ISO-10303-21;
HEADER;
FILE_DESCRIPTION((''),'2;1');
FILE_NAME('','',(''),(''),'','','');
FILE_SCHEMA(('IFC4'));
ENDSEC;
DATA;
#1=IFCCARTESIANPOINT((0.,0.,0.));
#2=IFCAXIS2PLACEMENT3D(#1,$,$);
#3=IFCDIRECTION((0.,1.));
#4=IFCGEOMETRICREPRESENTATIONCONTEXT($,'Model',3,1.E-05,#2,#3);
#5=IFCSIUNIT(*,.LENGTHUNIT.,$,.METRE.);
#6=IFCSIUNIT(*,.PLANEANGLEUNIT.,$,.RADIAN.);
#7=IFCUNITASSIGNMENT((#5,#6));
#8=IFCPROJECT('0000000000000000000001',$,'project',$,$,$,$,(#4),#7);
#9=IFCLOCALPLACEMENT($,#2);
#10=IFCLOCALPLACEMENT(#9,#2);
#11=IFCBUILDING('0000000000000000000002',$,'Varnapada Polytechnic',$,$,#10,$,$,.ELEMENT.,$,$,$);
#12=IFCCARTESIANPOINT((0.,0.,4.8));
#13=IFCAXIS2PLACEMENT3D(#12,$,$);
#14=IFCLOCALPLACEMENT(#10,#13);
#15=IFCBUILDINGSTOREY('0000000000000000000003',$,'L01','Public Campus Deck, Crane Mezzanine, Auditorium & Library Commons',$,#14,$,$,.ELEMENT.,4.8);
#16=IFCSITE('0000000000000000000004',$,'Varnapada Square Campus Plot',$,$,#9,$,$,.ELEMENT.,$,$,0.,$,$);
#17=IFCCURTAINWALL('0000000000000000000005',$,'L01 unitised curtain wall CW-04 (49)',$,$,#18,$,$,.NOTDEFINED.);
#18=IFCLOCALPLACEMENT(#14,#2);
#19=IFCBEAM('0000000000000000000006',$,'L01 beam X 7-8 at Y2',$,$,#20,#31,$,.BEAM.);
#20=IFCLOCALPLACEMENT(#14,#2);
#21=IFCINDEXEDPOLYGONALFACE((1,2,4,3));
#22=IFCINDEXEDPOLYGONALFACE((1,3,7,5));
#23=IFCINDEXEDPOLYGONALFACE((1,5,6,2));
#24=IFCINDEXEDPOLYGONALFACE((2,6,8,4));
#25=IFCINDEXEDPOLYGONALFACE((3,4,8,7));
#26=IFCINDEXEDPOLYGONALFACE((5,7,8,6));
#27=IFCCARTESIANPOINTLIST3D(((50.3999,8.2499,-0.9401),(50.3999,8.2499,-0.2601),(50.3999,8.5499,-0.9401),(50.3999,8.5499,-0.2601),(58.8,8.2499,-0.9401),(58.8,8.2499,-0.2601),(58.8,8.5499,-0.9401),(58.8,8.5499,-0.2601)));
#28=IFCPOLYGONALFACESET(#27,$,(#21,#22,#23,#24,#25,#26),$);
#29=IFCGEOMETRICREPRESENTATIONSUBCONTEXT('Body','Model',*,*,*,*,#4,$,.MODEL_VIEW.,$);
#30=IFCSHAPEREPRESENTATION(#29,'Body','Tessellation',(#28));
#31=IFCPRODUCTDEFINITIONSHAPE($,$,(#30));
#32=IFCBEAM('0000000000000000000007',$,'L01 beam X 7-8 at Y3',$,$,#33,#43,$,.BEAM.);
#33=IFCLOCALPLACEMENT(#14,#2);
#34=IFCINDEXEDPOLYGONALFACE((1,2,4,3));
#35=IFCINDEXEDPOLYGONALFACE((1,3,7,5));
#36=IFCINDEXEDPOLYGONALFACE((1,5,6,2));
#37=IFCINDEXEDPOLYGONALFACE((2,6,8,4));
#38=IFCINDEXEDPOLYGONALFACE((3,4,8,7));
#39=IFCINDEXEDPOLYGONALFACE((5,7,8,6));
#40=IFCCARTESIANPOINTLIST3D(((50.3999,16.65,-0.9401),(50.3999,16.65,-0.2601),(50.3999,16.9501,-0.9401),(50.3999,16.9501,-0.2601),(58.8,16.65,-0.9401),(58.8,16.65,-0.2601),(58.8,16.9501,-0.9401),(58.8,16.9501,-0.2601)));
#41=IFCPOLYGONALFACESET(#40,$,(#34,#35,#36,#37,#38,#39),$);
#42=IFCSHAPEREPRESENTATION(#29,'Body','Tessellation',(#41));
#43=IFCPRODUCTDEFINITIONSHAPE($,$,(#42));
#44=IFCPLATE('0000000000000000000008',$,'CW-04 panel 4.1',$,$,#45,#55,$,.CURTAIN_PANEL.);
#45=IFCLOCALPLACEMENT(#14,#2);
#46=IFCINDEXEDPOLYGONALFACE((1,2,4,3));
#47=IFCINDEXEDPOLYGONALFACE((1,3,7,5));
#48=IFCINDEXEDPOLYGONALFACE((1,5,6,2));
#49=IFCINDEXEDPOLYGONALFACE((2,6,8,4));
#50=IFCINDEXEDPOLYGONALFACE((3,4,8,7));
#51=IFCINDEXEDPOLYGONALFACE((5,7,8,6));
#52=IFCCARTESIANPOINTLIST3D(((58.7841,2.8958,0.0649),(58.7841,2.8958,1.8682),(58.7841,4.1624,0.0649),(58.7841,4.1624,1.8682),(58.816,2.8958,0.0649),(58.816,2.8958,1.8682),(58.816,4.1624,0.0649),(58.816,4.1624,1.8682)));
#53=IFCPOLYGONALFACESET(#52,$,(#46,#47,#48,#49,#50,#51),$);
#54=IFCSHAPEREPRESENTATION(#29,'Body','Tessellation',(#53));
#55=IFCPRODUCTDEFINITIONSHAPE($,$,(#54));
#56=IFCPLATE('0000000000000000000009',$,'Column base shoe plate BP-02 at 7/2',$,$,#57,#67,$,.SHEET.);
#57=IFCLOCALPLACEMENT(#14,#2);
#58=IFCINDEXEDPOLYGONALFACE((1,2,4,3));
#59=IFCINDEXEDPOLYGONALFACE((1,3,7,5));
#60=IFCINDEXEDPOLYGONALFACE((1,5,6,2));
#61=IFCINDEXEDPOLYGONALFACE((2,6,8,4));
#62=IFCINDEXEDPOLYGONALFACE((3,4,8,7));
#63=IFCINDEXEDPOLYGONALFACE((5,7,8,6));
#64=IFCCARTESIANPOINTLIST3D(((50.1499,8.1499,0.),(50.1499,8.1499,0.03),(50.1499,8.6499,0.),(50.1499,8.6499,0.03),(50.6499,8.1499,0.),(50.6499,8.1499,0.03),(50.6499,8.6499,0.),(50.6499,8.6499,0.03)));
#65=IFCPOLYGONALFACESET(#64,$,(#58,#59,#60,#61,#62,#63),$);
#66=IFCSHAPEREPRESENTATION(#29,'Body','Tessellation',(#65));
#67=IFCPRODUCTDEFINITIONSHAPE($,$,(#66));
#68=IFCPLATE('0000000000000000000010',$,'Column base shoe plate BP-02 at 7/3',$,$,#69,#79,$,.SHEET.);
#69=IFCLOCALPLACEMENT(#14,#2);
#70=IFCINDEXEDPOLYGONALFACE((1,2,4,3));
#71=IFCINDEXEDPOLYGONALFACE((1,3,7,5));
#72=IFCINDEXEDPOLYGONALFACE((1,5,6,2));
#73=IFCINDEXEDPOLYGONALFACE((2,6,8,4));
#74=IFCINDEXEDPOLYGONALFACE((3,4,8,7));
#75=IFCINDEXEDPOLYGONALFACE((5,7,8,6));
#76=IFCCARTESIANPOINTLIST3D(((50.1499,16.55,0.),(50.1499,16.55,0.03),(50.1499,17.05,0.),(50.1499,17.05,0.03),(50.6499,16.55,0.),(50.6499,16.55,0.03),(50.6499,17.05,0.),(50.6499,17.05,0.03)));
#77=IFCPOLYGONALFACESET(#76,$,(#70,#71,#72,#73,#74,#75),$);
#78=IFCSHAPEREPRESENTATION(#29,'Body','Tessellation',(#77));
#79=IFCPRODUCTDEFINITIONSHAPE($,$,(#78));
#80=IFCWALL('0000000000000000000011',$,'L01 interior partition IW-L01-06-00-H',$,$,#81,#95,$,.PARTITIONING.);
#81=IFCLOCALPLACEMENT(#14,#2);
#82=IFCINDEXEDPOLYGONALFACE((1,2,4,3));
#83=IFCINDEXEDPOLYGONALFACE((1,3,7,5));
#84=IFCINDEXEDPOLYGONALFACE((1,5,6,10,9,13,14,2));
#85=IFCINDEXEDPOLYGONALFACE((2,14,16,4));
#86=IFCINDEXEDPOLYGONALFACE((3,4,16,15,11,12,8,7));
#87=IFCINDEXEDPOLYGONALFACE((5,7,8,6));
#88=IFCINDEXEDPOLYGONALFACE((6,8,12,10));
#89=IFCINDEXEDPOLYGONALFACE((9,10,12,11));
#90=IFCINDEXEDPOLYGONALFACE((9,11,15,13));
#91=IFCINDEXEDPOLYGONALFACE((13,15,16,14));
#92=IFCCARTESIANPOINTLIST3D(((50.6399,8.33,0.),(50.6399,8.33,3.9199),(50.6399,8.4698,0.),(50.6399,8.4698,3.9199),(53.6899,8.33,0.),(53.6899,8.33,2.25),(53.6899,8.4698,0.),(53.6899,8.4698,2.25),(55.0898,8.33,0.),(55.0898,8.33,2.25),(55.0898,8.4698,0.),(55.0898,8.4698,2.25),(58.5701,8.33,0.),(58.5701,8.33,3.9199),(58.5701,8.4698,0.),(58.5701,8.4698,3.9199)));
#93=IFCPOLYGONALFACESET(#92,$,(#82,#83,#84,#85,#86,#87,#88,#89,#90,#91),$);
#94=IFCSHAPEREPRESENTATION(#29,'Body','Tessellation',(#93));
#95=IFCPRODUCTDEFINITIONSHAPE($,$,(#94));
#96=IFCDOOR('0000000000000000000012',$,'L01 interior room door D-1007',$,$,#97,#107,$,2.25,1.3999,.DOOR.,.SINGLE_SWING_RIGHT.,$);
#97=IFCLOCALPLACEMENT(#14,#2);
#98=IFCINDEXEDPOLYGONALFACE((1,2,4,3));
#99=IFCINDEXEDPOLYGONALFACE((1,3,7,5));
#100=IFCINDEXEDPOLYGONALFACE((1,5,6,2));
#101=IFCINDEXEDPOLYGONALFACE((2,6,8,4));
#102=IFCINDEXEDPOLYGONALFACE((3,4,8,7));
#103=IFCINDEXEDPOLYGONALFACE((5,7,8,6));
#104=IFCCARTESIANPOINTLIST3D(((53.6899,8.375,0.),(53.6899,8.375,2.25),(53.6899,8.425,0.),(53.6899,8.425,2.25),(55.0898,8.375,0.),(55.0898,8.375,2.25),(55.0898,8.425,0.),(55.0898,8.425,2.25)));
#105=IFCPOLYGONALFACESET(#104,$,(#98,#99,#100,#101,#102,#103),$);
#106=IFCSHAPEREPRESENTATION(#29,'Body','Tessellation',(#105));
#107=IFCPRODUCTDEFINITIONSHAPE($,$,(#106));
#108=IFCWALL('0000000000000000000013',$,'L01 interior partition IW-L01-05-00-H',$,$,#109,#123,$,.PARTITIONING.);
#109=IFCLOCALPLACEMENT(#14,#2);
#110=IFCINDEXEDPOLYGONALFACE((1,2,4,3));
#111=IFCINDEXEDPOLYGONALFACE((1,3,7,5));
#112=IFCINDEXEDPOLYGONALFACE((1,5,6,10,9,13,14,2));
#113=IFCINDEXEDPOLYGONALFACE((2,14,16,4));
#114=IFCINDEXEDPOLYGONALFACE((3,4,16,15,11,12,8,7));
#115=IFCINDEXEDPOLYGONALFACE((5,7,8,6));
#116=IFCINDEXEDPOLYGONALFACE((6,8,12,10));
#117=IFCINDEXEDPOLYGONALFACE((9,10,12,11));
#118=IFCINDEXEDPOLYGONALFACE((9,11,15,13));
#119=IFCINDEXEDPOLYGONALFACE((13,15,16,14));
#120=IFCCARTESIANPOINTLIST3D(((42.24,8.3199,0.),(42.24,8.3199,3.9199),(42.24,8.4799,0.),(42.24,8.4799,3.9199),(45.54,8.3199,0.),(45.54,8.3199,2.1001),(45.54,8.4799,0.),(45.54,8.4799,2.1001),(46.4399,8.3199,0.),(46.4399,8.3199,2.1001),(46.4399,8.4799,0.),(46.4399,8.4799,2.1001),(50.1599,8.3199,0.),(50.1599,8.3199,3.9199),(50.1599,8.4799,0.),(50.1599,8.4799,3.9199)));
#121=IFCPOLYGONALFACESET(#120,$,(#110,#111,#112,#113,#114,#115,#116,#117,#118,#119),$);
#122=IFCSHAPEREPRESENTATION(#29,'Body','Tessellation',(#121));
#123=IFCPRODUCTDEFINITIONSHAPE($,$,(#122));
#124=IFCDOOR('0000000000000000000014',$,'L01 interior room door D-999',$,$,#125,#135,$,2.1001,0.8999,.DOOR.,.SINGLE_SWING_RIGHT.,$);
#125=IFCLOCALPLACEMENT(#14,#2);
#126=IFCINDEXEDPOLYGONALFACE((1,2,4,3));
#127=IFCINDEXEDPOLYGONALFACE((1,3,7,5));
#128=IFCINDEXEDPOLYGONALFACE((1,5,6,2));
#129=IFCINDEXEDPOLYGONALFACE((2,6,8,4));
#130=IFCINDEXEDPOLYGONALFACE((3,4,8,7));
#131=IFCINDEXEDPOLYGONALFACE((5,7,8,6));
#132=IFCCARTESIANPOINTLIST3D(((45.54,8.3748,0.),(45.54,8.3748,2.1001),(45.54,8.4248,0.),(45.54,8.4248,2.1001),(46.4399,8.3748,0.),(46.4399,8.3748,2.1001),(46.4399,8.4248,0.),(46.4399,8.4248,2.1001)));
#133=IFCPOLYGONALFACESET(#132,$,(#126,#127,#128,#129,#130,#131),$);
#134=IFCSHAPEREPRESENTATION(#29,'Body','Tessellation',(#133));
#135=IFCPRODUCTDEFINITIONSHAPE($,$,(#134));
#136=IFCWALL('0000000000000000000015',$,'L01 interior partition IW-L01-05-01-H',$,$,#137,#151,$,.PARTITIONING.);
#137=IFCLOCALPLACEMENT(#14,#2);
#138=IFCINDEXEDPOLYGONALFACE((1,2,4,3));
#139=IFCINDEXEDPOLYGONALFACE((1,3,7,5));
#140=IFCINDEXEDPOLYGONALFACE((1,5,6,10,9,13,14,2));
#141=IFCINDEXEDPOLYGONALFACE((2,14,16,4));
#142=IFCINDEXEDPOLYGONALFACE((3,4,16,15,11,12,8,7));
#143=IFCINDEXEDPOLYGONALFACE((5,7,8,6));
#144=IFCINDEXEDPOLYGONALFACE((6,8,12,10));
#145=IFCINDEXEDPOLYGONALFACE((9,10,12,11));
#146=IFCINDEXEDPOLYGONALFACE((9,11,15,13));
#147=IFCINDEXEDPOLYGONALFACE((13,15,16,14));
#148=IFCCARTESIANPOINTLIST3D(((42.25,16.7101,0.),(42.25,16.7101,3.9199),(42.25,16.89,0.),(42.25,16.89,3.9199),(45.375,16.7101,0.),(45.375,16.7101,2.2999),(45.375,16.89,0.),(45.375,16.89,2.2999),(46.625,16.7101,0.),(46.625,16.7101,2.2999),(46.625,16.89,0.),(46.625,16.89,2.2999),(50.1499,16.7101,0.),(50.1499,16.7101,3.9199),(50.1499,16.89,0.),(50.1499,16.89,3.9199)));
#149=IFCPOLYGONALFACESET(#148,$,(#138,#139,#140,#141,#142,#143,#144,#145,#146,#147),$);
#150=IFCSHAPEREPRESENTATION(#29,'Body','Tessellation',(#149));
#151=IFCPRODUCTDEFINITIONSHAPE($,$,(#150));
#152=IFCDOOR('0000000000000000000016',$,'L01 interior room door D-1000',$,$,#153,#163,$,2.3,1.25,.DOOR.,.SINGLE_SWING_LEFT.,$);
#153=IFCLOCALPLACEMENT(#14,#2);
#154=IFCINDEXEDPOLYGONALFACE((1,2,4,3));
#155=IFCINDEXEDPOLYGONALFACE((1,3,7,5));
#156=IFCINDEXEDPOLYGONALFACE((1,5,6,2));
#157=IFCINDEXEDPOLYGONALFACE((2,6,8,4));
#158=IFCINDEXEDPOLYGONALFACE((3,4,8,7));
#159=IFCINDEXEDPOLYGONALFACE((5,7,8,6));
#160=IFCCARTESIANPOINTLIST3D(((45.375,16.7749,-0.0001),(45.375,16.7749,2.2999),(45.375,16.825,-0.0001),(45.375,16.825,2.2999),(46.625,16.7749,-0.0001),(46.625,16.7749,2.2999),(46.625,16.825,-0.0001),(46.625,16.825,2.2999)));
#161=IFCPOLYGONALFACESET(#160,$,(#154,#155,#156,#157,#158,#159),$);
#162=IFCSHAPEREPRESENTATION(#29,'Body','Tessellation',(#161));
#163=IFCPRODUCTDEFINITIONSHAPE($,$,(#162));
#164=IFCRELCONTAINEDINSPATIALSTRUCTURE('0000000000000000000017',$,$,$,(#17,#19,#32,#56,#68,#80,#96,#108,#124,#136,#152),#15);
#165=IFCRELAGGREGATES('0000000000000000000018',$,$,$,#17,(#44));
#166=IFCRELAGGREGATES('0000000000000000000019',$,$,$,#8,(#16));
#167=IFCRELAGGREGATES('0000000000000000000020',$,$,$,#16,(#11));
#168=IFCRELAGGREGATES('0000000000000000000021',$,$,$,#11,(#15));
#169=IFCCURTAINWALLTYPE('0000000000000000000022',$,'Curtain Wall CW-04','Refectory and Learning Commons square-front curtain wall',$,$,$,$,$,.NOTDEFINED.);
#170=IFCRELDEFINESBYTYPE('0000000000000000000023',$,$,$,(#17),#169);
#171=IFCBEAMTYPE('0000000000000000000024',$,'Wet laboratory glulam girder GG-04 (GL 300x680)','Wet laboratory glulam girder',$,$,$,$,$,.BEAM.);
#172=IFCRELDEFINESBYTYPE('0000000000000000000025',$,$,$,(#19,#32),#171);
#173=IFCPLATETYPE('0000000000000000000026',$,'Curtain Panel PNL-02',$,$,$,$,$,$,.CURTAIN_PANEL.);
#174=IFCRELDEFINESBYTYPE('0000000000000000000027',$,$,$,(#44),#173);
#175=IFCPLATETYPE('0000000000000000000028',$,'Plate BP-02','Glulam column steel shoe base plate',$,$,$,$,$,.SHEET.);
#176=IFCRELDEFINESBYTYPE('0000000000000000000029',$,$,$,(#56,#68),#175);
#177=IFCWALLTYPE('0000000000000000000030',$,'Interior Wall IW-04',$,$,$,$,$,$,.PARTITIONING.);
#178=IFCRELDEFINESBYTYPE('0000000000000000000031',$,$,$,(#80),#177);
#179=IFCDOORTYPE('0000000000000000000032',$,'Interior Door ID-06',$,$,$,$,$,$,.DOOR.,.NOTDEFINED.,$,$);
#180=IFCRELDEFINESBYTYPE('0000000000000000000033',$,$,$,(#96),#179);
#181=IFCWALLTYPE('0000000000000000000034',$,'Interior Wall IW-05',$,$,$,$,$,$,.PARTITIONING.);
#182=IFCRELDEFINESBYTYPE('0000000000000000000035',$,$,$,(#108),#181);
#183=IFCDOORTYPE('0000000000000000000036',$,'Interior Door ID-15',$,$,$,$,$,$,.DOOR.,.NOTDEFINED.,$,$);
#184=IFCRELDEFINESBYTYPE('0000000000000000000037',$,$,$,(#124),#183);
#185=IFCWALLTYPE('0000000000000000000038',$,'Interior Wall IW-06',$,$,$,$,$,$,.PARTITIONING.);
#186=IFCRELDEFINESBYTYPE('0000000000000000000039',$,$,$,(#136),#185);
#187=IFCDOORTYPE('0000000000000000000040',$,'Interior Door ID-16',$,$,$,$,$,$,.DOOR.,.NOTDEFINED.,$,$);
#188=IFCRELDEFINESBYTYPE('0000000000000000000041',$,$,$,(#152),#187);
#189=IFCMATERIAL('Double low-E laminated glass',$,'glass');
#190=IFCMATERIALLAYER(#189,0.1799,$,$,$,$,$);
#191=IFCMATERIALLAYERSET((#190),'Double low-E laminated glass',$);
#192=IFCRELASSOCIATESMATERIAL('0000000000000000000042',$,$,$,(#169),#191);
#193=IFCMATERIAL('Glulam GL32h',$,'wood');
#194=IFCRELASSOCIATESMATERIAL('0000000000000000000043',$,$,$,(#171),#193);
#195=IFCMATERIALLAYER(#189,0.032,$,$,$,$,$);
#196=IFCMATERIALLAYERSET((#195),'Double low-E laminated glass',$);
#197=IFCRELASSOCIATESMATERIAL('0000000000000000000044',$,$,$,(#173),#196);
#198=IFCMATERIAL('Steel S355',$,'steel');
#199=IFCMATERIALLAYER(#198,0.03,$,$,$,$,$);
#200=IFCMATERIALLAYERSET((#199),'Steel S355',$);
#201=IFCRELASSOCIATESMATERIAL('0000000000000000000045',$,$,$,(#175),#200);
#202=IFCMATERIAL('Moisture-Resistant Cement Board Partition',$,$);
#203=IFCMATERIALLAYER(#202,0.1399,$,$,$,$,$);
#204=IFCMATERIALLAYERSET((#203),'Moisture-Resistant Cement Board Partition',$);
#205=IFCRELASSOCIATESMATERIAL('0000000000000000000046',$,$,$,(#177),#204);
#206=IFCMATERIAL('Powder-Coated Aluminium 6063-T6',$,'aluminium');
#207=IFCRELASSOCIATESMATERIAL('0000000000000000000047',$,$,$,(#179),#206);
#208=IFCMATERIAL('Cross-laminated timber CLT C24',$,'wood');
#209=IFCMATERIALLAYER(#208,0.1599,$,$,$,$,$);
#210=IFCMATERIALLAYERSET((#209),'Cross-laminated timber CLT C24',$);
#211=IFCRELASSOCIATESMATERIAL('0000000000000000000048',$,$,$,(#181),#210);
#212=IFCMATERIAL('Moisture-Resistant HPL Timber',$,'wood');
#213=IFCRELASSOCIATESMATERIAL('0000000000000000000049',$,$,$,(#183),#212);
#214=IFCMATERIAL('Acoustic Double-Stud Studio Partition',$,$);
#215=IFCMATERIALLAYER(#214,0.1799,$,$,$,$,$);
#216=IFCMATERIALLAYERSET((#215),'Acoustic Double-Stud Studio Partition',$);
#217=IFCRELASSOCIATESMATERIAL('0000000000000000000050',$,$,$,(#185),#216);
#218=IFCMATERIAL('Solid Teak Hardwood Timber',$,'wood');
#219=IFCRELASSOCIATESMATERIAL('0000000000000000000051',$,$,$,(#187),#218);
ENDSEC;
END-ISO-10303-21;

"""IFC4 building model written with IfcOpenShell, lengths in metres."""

from ifc_helpers import new_model, si_unit, direction, frame, frame_2d, origin, origin_2d, place, context, subcontext, project, spatial, rectangle, extrude, material, layer, layer_set, material_profile, profile_set, type_object, element, fill, aggregate, save


model = new_model("IFC4")

# Units and contexts
model_context = context("Model", 3, precision=1e-05, world=origin(), true_north=direction((0.0, 1.0)))
body_context = subcontext(model_context, "Body", "Model", "MODEL_VIEW")
ifc_project = project(units=[si_unit("LENGTHUNIT", "METRE"), si_unit("PLANEANGLEUNIT", "RADIAN")], contexts=[model_context])

# Site, building, storey
site_placement = place(None, origin())
site = spatial("IfcSite", under=ifc_project, at=site_placement, Name="Varnapada Square Campus Plot", CompositionType="ELEMENT", RefElevation=0.0)
building_placement = place(site_placement, origin())
building = spatial("IfcBuilding", under=site, at=building_placement, Name="Varnapada Polytechnic", CompositionType="ELEMENT")
storey_placement = place(building_placement, frame((0.0, 0.0, 4.8)))
storey = spatial("IfcBuildingStorey", under=building, at=storey_placement, Name="L01", Description="Public Campus Deck, Crane Mezzanine, Auditorium & Library Commons", CompositionType="ELEMENT", Elevation=4.8)

# Shared definitions
ifc_material_1 = material(Name="Glulam GL32h", Category="wood")

# Curtain wall
ifc_material_2 = material(Name="Double low-E laminated glass", Category="glass")
ifc_layer_1 = layer(ifc_material_2, 0.1799)
ifc_layer_set_1 = layer_set([ifc_layer_1], Name="Double low-E laminated glass")
curtain_wall_type = type_object("IfcCurtainWallType", Name="Curtain Wall CW-04", Description="Refectory and Learning Commons square-front curtain wall", PredefinedType="NOTDEFINED", material=ifc_layer_set_1)
curtain_wall_placement = place(storey_placement, origin())
curtain_wall = element("IfcCurtainWall", 1, at=curtain_wall_placement, inside=storey, type_object=curtain_wall_type, Name="L01 unitised curtain wall CW-04 (49)", PredefinedType="NOTDEFINED")

# Beams
ifc_material_profile_1 = material_profile(ifc_material_1, rectangle(XDim=0.3, YDim=0.6799, at=origin_2d()), Name="GL 300x680")
ifc_profile_set_1 = profile_set([ifc_material_profile_1], Name="Glulam GL32h")
beam_type_1 = type_object("IfcBeamType", Name="Wet laboratory glulam girder GG-04 (GL 300x680)", Description="Wet laboratory glulam girder", PredefinedType="BEAM", material=ifc_profile_set_1)
for number, where, z_axis, x_axis, name in (
    (2, (50.3999, 8.3999, -0.6001), (1.0, 0.0, 0.0), (0.0, 1.0, 0.0), "L01 beam X 7-8 at Y2"),
    (3, (50.3999, 16.8, -0.6001), (1.0, 0.0, 0.0), (0.0, 1.0, 0.0), "L01 beam X 7-8 at Y3"),
):
    element("IfcBeam", number, at=place(storey_placement, frame(where, z_axis=z_axis, x_axis=x_axis)), inside=storey, type_object=beam_type_1, Name=name, PredefinedType="BEAM", context=body_context, shape_type="SweptSolid", body=[
        extrude(rectangle(XDim=0.3, YDim=0.6799, at=origin_2d()), origin(), (0.0, 0.0, 1.0), 8.4001),
    ])

# Plate
ifc_layer_2 = layer(ifc_material_2, 0.032)
ifc_layer_set_2 = layer_set([ifc_layer_2], Name="Double low-E laminated glass")
plate_type_1 = type_object("IfcPlateType", Name="Curtain Panel PNL-02", PredefinedType="CURTAIN_PANEL", material=ifc_layer_set_2)
plate_placement = place(storey_placement, frame((58.8, 3.5291, 0.0649), z_axis=(0.0, 0.0, 1.0), x_axis=(0.0, -1.0, 0.0)))
plate = element("IfcPlate", 4, at=plate_placement, type_object=plate_type_1, Name="CW-04 panel 4.1", PredefinedType="CURTAIN_PANEL", context=body_context, shape_type="SweptSolid", body=[
    extrude(rectangle(XDim=1.2666, YDim=0.032, at=origin_2d()), origin(), (0.0, 0.0, 1.0), 1.8032),
])
aggregate(curtain_wall, [plate])

# Plates
ifc_material_3 = material(Name="Steel S355", Category="steel")
ifc_layer_3 = layer(ifc_material_3, 0.03)
ifc_layer_set_3 = layer_set([ifc_layer_3], Name="Steel S355")
plate_type_2 = type_object("IfcPlateType", Name="Plate BP-02", Description="Glulam column steel shoe base plate", PredefinedType="SHEET", material=ifc_layer_set_3)
for number, where, z_axis, x_axis, name in (
    (5, (50.3999, 8.3999, 0.0), (0.0, 0.0, 1.0), (1.0, 0.0, 0.0), "Column base shoe plate BP-02 at 7/2"),
    (6, (50.3999, 16.8, 0.0), (0.0, 0.0, 1.0), (1.0, 0.0, 0.0), "Column base shoe plate BP-02 at 7/3"),
):
    element("IfcPlate", number, at=place(storey_placement, frame(where, z_axis=z_axis, x_axis=x_axis)), inside=storey, type_object=plate_type_2, Name=name, PredefinedType="SHEET", context=body_context, shape_type="SweptSolid", body=[
        extrude(rectangle(XDim=0.5, YDim=0.5, at=origin_2d()), origin(), (0.0, 0.0, 1.0), 0.03),
    ])

# Walls, openings, doors
ifc_material_4 = material(Name="Moisture-Resistant Cement Board Partition")
ifc_layer_4 = layer(ifc_material_4, 0.1399)
ifc_layer_set_4 = layer_set([ifc_layer_4], Name="Moisture-Resistant Cement Board Partition")
wall_type_1 = type_object("IfcWallType", Name="Interior Wall IW-04", PredefinedType="PARTITIONING", material=ifc_layer_set_4)
wall_1_placement = place(storey_placement, frame((50.6399, 8.3999, 0.0), z_axis=(0.0, 0.0, 1.0), x_axis=(1.0, 0.0, 0.0)))
wall_1 = element("IfcWall", 7, at=wall_1_placement, inside=storey, type_object=wall_type_1, Name="L01 interior partition IW-L01-06-00-H", PredefinedType="PARTITIONING", context=body_context, shape_type="SweptSolid", body=[
    extrude(rectangle(XDim=7.9302, YDim=0.1399, at=frame_2d((3.9651, 0.0))), origin(), (0.0, 0.0, 1.0), 3.9199),
])
opening_1_placement = place(wall_1_placement, frame((3.05, 0.0, 0.0)))
opening_1 = element("IfcOpeningElement", 8, at=opening_1_placement, cuts=wall_1, PredefinedType="OPENING", context=body_context, shape_type="SweptSolid", body=[
    extrude(rectangle(XDim=1.3999, YDim=2.25, at=frame_2d((0.7, 1.125))), frame((0.0, 0.0798, 0.0), z_axis=(0.0, -1.0, 0.0), x_axis=(1.0, 0.0, 0.0)), (0.0, 0.0, 1.0), 0.1599),
])
ifc_material_5 = material(Name="Powder-Coated Aluminium 6063-T6", Category="aluminium")
door_type_1 = type_object("IfcDoorType", Name="Interior Door ID-06", OperationType="NOTDEFINED", PredefinedType="DOOR", material=ifc_material_5)
door_1_placement = place(opening_1_placement, frame((1.3999, 0.0, 0.0), z_axis=(0.0, 0.0, 1.0), x_axis=(-1.0, 0.0, 0.0)))
door_1 = element("IfcDoor", 9, at=door_1_placement, inside=storey, type_object=door_type_1, Name="L01 interior room door D-1007", OperationType="SINGLE_SWING_RIGHT", OverallHeight=2.25, OverallWidth=1.3999, PredefinedType="DOOR", context=body_context, shape_type="SweptSolid", body=[
    extrude(rectangle(XDim=1.3999, YDim=2.25, at=frame_2d((0.7, 1.125))), frame((0.0, 0.0249, 0.0), z_axis=(0.0, -1.0, 0.0), x_axis=(1.0, 0.0, 0.0)), (0.0, 0.0, 1.0), 0.05),
])
fill(opening_1, door_1)
ifc_material_6 = material(Name="Cross-laminated timber CLT C24", Category="wood")
ifc_layer_5 = layer(ifc_material_6, 0.1599)
ifc_layer_set_5 = layer_set([ifc_layer_5], Name="Cross-laminated timber CLT C24")
wall_type_2 = type_object("IfcWallType", Name="Interior Wall IW-05", PredefinedType="PARTITIONING", material=ifc_layer_set_5)
wall_2_placement = place(storey_placement, frame((42.24, 8.3999, 0.0), z_axis=(0.0, 0.0, 1.0), x_axis=(1.0, 0.0, 0.0)))
wall_2 = element("IfcWall", 10, at=wall_2_placement, inside=storey, type_object=wall_type_2, Name="L01 interior partition IW-L01-05-00-H", PredefinedType="PARTITIONING", context=body_context, shape_type="SweptSolid", body=[
    extrude(rectangle(XDim=7.9199, YDim=0.1599, at=frame_2d((3.96, 0.0))), origin(), (0.0, 0.0, 1.0), 3.9199),
])
opening_2_placement = place(wall_2_placement, frame((3.3, 0.0, 0.0)))
opening_2 = element("IfcOpeningElement", 11, at=opening_2_placement, cuts=wall_2, PredefinedType="OPENING", context=body_context, shape_type="SweptSolid", body=[
    extrude(rectangle(XDim=0.8999, YDim=2.1001, at=frame_2d((0.45, 1.05))), frame((0.0, 0.0898, 0.0), z_axis=(0.0, -1.0, 0.0), x_axis=(1.0, 0.0, 0.0)), (0.0, 0.0, 1.0), 0.1799),
])
ifc_material_7 = material(Name="Moisture-Resistant HPL Timber", Category="wood")
door_type_2 = type_object("IfcDoorType", Name="Interior Door ID-15", OperationType="NOTDEFINED", PredefinedType="DOOR", material=ifc_material_7)
door_2_placement = place(opening_2_placement, origin())
door_2 = element("IfcDoor", 12, at=door_2_placement, inside=storey, type_object=door_type_2, Name="L01 interior room door D-999", OperationType="SINGLE_SWING_RIGHT", OverallHeight=2.1001, OverallWidth=0.8999, PredefinedType="DOOR", context=body_context, shape_type="SweptSolid", body=[
    extrude(rectangle(XDim=0.8999, YDim=2.1001, at=frame_2d((0.45, 1.05))), frame((0.0, 0.0249, 0.0), z_axis=(0.0, -1.0, 0.0), x_axis=(1.0, 0.0, 0.0)), (0.0, 0.0, 1.0), 0.05),
])
fill(opening_2, door_2)
ifc_material_8 = material(Name="Acoustic Double-Stud Studio Partition")
ifc_layer_6 = layer(ifc_material_8, 0.1799)
ifc_layer_set_6 = layer_set([ifc_layer_6], Name="Acoustic Double-Stud Studio Partition")
wall_type_3 = type_object("IfcWallType", Name="Interior Wall IW-06", PredefinedType="PARTITIONING", material=ifc_layer_set_6)
wall_3_placement = place(storey_placement, frame((42.25, 16.8, 0.0), z_axis=(0.0, 0.0, 1.0), x_axis=(1.0, 0.0, 0.0)))
wall_3 = element("IfcWall", 13, at=wall_3_placement, inside=storey, type_object=wall_type_3, Name="L01 interior partition IW-L01-05-01-H", PredefinedType="PARTITIONING", context=body_context, shape_type="SweptSolid", body=[
    extrude(rectangle(XDim=7.8999, YDim=0.1799, at=frame_2d((3.95, 0.0))), origin(), (0.0, 0.0, 1.0), 3.9199),
])
opening_3_placement = place(wall_3_placement, frame((3.125, 0.0, 0.0)))
opening_3 = element("IfcOpeningElement", 14, at=opening_3_placement, cuts=wall_3, PredefinedType="OPENING", context=body_context, shape_type="SweptSolid", body=[
    extrude(rectangle(XDim=1.25, YDim=2.3, at=frame_2d((0.625, 1.1499))), frame((0.0, 0.0999, 0.0), z_axis=(0.0, -1.0, 0.0), x_axis=(1.0, 0.0, 0.0)), (0.0, 0.0, 1.0), 0.2),
])
ifc_material_9 = material(Name="Solid Teak Hardwood Timber", Category="wood")
door_type_3 = type_object("IfcDoorType", Name="Interior Door ID-16", OperationType="NOTDEFINED", PredefinedType="DOOR", material=ifc_material_9)
door_3_placement = place(opening_3_placement, origin())
door_3 = element("IfcDoor", 15, at=door_3_placement, inside=storey, type_object=door_type_3, Name="L01 interior room door D-1000", OperationType="SINGLE_SWING_LEFT", OverallHeight=2.3, OverallWidth=1.25, PredefinedType="DOOR", context=body_context, shape_type="SweptSolid", body=[
    extrude(rectangle(XDim=1.25, YDim=2.3, at=frame_2d((0.625, 1.1499))), frame((0.0, 0.0249, 0.0), z_axis=(0.0, -1.0, 0.0), x_axis=(1.0, 0.0, 0.0)), (0.0, 0.0, 1.0), 0.05),
])
fill(opening_3, door_3)

save(model, "model.ifc")
